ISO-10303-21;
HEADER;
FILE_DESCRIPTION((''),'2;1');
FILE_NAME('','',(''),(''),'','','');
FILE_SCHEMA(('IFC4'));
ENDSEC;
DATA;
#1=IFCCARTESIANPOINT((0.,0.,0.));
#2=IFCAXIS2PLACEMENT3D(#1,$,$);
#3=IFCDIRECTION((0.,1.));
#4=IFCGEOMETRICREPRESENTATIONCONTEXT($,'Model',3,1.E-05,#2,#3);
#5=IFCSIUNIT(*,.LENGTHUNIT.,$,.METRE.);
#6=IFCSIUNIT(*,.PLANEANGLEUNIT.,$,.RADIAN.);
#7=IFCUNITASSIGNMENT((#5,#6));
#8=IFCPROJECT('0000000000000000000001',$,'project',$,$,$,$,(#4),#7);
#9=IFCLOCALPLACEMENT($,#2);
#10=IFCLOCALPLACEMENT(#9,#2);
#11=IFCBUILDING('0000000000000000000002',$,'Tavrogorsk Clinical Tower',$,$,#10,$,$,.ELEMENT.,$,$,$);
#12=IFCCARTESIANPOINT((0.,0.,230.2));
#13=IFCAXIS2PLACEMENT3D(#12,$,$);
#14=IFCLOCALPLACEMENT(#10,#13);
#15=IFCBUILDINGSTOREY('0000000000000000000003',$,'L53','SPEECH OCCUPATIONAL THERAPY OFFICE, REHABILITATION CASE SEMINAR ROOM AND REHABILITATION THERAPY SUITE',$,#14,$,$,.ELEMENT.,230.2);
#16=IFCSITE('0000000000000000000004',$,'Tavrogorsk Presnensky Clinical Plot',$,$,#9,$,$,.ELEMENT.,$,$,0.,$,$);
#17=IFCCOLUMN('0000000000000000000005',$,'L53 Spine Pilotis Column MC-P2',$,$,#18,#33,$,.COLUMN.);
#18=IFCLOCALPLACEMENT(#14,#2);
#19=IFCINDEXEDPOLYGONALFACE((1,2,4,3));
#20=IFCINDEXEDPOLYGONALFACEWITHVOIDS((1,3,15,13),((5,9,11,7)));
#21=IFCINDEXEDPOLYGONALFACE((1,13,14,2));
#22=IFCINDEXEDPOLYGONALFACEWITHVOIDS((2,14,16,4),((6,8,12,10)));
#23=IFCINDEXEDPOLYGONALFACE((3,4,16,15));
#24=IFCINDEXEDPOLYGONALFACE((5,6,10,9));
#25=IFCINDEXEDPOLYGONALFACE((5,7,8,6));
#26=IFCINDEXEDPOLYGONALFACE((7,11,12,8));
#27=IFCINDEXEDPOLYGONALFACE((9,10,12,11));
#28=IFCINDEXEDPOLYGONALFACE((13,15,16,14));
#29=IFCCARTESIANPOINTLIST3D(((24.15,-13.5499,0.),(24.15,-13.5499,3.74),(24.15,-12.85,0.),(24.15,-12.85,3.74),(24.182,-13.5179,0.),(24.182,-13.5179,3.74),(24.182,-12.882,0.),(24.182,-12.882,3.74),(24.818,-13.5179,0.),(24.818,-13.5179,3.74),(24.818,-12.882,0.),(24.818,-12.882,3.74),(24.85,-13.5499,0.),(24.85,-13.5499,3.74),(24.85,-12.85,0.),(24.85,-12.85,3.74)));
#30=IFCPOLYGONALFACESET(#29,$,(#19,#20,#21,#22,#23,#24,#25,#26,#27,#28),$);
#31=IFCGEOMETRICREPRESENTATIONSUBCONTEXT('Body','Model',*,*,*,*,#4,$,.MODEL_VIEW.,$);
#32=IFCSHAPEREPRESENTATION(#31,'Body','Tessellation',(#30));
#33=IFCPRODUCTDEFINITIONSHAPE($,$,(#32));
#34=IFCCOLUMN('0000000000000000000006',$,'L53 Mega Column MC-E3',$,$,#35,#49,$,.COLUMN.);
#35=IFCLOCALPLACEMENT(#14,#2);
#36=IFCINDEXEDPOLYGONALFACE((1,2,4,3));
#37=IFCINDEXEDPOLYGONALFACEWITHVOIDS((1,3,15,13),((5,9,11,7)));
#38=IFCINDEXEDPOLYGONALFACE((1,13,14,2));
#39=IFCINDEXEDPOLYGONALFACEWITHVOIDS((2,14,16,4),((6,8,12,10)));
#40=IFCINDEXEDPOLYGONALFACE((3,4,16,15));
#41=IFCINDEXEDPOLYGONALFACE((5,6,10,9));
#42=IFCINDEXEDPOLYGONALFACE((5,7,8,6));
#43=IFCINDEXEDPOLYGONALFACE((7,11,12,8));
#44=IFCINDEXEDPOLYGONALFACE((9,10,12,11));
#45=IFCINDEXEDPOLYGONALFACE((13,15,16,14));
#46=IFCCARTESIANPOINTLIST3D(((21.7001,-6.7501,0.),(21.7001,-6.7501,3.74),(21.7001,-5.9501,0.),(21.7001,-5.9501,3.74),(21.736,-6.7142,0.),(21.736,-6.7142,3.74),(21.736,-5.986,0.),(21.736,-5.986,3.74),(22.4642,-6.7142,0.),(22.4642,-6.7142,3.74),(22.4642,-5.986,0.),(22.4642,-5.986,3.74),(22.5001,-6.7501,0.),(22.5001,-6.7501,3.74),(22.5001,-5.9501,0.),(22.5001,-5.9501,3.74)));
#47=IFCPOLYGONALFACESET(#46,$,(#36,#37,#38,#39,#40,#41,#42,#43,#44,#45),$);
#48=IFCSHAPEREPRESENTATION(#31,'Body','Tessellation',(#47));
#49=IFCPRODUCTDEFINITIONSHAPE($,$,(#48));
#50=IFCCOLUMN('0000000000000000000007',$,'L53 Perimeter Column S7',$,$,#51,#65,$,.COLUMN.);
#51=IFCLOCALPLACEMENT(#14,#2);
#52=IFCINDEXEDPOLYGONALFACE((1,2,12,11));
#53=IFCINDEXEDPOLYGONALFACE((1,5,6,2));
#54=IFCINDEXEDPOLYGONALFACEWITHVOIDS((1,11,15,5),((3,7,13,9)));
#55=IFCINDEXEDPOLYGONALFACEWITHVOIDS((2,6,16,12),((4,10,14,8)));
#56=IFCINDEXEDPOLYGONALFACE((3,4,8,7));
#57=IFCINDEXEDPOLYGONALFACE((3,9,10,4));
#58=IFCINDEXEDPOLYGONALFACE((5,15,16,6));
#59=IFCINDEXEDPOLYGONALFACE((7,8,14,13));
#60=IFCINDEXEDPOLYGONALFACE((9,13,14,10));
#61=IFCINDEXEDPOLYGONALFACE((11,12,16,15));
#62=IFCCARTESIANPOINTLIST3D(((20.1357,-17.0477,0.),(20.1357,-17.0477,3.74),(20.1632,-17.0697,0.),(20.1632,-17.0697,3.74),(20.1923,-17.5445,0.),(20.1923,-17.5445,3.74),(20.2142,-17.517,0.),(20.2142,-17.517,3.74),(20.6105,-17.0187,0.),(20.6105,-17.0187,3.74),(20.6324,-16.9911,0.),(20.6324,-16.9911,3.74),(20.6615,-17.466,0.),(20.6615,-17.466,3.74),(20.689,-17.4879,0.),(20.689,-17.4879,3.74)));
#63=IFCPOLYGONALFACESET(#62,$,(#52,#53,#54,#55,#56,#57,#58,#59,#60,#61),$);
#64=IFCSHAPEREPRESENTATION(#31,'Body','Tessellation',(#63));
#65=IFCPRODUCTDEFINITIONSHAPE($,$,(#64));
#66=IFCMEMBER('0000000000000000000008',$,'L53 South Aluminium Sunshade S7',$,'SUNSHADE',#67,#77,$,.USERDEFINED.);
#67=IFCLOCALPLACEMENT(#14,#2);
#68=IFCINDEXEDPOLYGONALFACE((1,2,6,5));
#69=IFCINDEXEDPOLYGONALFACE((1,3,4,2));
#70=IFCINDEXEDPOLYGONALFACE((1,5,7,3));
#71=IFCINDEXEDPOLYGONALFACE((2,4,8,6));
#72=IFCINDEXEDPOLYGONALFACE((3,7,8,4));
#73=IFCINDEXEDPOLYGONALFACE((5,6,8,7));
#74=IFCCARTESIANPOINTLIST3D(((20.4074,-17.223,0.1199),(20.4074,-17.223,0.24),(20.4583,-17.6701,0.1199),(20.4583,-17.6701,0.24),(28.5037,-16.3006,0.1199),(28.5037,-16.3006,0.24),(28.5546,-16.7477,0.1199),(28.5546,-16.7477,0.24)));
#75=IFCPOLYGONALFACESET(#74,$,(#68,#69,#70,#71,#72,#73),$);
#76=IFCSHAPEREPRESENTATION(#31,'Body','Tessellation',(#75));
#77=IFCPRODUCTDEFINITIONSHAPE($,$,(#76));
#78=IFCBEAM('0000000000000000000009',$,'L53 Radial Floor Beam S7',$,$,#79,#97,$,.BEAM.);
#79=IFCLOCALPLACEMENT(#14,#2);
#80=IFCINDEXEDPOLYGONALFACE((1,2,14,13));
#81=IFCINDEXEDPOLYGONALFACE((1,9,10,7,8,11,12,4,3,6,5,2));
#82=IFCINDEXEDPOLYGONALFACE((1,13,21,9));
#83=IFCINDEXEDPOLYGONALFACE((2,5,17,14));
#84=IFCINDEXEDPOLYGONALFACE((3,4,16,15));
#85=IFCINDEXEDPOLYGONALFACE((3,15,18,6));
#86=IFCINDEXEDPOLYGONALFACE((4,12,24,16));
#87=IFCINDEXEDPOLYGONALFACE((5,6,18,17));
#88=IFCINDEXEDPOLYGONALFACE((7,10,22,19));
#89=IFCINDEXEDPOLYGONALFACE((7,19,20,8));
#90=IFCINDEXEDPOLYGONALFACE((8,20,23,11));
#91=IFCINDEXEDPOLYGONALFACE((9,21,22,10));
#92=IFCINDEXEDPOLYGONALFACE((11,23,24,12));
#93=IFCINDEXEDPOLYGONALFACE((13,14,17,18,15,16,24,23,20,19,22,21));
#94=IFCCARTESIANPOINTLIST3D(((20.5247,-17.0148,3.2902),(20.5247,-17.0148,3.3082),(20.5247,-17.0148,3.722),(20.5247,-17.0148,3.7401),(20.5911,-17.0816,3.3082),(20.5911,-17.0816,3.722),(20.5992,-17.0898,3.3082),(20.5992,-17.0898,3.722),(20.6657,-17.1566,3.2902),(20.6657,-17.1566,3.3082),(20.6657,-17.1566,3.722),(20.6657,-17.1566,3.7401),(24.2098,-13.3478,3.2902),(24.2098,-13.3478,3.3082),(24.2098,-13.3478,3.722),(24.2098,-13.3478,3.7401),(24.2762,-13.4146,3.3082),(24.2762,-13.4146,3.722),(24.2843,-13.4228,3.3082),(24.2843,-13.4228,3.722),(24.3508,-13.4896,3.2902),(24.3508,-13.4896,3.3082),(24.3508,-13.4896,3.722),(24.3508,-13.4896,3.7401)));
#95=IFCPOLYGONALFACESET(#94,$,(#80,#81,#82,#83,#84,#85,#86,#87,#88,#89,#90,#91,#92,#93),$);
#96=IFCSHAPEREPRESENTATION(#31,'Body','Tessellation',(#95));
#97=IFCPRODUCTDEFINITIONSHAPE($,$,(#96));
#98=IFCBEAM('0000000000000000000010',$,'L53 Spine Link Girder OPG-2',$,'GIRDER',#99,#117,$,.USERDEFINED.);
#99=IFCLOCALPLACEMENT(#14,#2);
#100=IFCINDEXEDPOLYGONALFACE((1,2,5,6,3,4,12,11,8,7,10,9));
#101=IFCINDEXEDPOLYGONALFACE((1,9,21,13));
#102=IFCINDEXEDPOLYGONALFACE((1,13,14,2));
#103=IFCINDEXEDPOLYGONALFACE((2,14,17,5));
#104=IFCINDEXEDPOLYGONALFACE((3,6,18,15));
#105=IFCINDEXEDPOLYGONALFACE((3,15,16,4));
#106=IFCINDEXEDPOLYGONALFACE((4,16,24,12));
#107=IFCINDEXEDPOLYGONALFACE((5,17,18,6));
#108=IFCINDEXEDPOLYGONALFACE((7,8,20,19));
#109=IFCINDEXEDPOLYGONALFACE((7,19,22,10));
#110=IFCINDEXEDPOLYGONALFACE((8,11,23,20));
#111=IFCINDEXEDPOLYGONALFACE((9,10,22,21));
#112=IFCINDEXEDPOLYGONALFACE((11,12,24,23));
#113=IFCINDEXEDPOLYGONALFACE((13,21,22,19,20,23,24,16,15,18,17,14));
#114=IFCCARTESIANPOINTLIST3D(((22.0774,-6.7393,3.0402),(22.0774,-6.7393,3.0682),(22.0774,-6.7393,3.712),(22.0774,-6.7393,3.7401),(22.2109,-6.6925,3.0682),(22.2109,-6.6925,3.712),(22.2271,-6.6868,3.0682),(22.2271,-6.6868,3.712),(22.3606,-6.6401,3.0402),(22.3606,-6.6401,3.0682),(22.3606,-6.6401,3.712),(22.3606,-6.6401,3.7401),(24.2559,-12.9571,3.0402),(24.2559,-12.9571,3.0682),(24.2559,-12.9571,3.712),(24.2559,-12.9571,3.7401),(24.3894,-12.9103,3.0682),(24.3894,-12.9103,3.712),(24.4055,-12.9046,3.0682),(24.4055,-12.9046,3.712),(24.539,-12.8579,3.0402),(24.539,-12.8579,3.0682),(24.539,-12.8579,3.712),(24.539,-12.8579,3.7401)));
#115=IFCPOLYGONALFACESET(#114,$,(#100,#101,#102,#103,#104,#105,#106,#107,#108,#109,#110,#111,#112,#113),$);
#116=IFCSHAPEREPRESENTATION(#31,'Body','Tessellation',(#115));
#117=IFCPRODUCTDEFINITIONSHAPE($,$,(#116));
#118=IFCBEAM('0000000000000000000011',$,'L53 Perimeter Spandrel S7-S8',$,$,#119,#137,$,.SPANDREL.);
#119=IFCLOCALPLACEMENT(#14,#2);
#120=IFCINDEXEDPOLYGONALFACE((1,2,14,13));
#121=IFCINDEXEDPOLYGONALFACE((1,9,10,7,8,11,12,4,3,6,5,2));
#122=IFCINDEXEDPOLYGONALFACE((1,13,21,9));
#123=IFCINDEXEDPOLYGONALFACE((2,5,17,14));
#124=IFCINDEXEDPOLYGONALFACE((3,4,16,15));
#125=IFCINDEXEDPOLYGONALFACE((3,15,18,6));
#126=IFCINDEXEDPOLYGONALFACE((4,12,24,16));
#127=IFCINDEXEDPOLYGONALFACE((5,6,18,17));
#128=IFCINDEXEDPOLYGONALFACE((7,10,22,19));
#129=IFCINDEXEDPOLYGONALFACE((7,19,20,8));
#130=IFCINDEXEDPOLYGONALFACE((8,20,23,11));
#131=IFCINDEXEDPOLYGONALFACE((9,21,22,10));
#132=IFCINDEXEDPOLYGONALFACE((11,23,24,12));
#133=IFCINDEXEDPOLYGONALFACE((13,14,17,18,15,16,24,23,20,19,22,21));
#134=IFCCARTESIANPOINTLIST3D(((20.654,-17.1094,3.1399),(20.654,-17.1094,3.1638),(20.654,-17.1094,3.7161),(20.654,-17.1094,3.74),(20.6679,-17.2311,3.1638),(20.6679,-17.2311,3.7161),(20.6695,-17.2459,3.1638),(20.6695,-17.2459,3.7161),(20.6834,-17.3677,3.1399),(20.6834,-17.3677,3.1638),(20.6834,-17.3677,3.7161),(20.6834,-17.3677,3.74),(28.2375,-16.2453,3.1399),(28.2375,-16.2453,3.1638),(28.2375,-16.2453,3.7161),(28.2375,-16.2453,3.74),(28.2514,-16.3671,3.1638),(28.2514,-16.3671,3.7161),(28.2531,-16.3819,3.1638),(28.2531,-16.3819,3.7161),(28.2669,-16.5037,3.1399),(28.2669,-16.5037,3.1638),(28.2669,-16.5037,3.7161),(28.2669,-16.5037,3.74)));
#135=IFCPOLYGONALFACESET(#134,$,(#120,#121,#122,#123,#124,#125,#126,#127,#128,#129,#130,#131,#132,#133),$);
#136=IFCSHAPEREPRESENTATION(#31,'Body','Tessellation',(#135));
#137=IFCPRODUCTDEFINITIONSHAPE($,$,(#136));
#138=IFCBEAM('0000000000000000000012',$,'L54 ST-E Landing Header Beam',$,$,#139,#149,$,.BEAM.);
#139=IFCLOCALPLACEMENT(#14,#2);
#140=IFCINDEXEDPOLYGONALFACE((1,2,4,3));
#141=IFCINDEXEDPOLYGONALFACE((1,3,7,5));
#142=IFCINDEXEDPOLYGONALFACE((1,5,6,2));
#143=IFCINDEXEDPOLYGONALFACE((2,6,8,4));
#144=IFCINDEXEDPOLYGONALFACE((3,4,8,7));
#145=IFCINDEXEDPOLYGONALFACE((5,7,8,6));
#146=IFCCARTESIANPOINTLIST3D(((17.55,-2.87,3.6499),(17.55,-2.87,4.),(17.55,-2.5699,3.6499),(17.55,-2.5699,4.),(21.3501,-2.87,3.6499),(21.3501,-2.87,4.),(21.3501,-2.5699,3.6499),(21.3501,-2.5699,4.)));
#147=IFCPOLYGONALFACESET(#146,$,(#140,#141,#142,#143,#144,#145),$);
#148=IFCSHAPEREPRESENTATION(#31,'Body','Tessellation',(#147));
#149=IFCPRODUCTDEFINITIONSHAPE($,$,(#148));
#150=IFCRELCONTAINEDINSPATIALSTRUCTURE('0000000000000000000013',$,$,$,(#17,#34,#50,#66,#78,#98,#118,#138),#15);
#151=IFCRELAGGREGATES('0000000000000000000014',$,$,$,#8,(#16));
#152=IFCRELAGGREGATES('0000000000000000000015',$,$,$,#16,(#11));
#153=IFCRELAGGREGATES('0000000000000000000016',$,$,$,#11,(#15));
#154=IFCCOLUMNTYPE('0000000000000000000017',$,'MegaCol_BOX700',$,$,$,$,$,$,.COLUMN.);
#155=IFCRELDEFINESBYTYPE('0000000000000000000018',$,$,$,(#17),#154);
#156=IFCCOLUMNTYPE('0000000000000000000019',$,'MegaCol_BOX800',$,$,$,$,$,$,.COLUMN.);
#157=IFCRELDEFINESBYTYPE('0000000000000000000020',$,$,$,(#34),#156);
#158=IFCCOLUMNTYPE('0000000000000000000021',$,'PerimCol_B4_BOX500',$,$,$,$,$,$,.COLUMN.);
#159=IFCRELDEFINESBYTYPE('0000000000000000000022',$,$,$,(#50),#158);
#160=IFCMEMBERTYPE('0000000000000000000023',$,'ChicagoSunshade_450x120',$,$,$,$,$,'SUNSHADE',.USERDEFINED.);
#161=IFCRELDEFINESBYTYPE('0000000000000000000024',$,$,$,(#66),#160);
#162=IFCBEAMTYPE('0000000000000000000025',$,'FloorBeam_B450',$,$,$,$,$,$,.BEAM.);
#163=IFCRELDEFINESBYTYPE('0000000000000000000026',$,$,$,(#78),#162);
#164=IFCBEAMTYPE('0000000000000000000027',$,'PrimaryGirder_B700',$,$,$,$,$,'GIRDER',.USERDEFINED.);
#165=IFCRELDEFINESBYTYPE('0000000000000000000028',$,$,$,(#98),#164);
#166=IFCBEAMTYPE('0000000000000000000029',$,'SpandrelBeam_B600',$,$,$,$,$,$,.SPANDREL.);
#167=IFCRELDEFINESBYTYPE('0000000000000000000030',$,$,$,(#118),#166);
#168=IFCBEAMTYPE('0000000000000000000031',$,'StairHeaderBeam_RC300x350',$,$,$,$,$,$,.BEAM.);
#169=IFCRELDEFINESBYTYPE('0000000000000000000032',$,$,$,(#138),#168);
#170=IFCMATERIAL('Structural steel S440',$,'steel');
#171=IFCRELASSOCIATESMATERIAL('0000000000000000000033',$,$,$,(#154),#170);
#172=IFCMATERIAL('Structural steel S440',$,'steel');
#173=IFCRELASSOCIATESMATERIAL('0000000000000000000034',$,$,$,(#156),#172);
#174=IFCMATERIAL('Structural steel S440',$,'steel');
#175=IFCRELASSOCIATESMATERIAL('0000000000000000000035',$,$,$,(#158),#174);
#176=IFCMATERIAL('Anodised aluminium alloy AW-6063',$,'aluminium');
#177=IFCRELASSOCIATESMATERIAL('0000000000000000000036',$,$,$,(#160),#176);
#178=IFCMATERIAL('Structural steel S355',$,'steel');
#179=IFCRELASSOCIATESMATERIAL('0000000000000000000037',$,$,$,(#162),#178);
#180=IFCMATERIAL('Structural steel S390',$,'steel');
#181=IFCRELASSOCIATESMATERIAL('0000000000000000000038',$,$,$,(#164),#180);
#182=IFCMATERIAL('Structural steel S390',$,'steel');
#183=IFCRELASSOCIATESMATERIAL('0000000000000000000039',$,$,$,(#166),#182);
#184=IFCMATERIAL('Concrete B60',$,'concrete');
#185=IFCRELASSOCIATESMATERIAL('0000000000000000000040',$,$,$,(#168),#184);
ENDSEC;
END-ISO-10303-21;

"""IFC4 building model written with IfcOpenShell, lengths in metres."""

from ifc_helpers import new_model, si_unit, direction, frame, origin, origin_2d, place, context, subcontext, project, spatial, rectangle, hollow_rectangle, i_section, extrude, material, material_profile, profile_set, type_object, element, save


model = new_model("IFC4")

# Units and contexts
model_context = context("Model", 3, precision=1e-05, world=origin(), true_north=direction((0.0, 1.0)))
body_context = subcontext(model_context, "Body", "Model", "MODEL_VIEW")
ifc_project = project(units=[si_unit("LENGTHUNIT", "METRE"), si_unit("PLANEANGLEUNIT", "RADIAN")], contexts=[model_context])

# Site, building, storey
site_placement = place(None, origin())
site = spatial("IfcSite", under=ifc_project, at=site_placement, Name="Tavrogorsk Presnensky Clinical Plot", CompositionType="ELEMENT", RefElevation=0.0)
building_placement = place(site_placement, origin())
building = spatial("IfcBuilding", under=site, at=building_placement, Name="Tavrogorsk Clinical Tower", CompositionType="ELEMENT")
storey_placement = place(building_placement, frame((0.0, 0.0, 230.2)))
storey = spatial("IfcBuildingStorey", under=building, at=storey_placement, Name="L53", Description="SPEECH OCCUPATIONAL THERAPY OFFICE, REHABILITATION CASE SEMINAR ROOM AND REHABILITATION THERAPY SUITE", CompositionType="ELEMENT", Elevation=230.2)

# Columns
ifc_material_1 = material(Name="Structural steel S440", Category="steel")
ifc_material_profile_1 = material_profile(ifc_material_1, hollow_rectangle(XDim=0.7, YDim=0.7, WallThickness=0.032, at=origin_2d()), Name="BOX-700x700x32")
ifc_profile_set_1 = profile_set([ifc_material_profile_1], Name="Structural steel S440")
column_type_1 = type_object("IfcColumnType", Name="MegaCol_BOX700", PredefinedType="COLUMN", material=ifc_profile_set_1)
column_1_placement = place(storey_placement, frame((24.5, -13.2, 0.0), z_axis=(0.0, 0.0, 1.0), x_axis=(1.0, 0.0, 0.0)))
element("IfcColumn", 1, at=column_1_placement, inside=storey, type_object=column_type_1, Name="L53 Spine Pilotis Column MC-P2", PredefinedType="COLUMN", context=body_context, shape_type="SweptSolid", body=[
    extrude(hollow_rectangle(XDim=0.7, YDim=0.7, WallThickness=0.032, at=origin_2d()), origin(), (0.0, 0.0, 1.0), 3.74),
])
ifc_material_2 = material(Name="Structural steel S440", Category="steel")
ifc_material_profile_2 = material_profile(ifc_material_2, hollow_rectangle(XDim=0.8, YDim=0.8, WallThickness=0.0359, at=origin_2d()), Name="BOX-800x800x36")
ifc_profile_set_2 = profile_set([ifc_material_profile_2], Name="Structural steel S440")
column_type_2 = type_object("IfcColumnType", Name="MegaCol_BOX800", PredefinedType="COLUMN", material=ifc_profile_set_2)
column_2_placement = place(storey_placement, frame((22.1001, -6.3501, 0.0), z_axis=(0.0, 0.0, 1.0), x_axis=(1.0, 0.0, 0.0)))
element("IfcColumn", 2, at=column_2_placement, inside=storey, type_object=column_type_2, Name="L53 Mega Column MC-E3", PredefinedType="COLUMN", context=body_context, shape_type="SweptSolid", body=[
    extrude(hollow_rectangle(XDim=0.8, YDim=0.8, WallThickness=0.0359, at=origin_2d()), origin(), (0.0, 0.0, 1.0), 3.74),
])
ifc_material_3 = material(Name="Structural steel S440", Category="steel")
ifc_material_profile_3 = material_profile(ifc_material_3, hollow_rectangle(XDim=0.5, YDim=0.5, WallThickness=0.0249, at=origin_2d()), Name="BOX-500x500x25")
ifc_profile_set_3 = profile_set([ifc_material_profile_3], Name="Structural steel S440")
column_type_3 = type_object("IfcColumnType", Name="PerimCol_B4_BOX500", PredefinedType="COLUMN", material=ifc_profile_set_3)
column_3_placement = place(storey_placement, frame((20.4124, -17.2678, 0.0), z_axis=(0.0, 0.0, 1.0), x_axis=(0.993572, 0.113203, 0.0)))
element("IfcColumn", 3, at=column_3_placement, inside=storey, type_object=column_type_3, Name="L53 Perimeter Column S7", PredefinedType="COLUMN", context=body_context, shape_type="SweptSolid", body=[
    extrude(hollow_rectangle(XDim=0.5, YDim=0.5, WallThickness=0.0249, at=origin_2d()), origin(), (0.0, 0.0, 1.0), 3.74),
])

# Member
ifc_material_4 = material(Name="Anodised aluminium alloy AW-6063", Category="aluminium")
ifc_material_profile_4 = material_profile(ifc_material_4, rectangle(XDim=0.45, YDim=0.1201, at=origin_2d()), Name="ALU-SUNSHADE-450x120")
ifc_profile_set_4 = profile_set([ifc_material_profile_4], Name="Anodised aluminium alloy AW-6063")
member_type = type_object("IfcMemberType", Name="ChicagoSunshade_450x120", ElementType="SUNSHADE", PredefinedType="USERDEFINED", material=ifc_profile_set_4)
member_placement = place(storey_placement, frame((20.4329, -17.4465, 0.1799), z_axis=(0.993573, 0.113193, 0.0), x_axis=(-0.113193, 0.993573, 0.0)))
element("IfcMember", 4, at=member_placement, inside=storey, type_object=member_type, Name="L53 South Aluminium Sunshade S7", ObjectType="SUNSHADE", PredefinedType="USERDEFINED", context=body_context, shape_type="SweptSolid", body=[
    extrude(rectangle(XDim=0.45, YDim=0.1201, at=origin_2d()), origin(), (0.0, 0.0, 1.0), 8.1487),
])

# Beams
ifc_material_5 = material(Name="Structural steel S355", Category="steel")
ifc_material_profile_5 = material_profile(ifc_material_5, i_section(OverallWidth=0.2, OverallDepth=0.45, WebThickness=0.0115, FlangeThickness=0.0181, at=origin_2d()), Name="B-450x200x11.5x18")
ifc_profile_set_5 = profile_set([ifc_material_profile_5], Name="Structural steel S355")
beam_type_1 = type_object("IfcBeamType", Name="FloorBeam_B450", PredefinedType="BEAM", material=ifc_profile_set_5)
beam_1_placement = place(storey_placement, frame((24.2803, -13.4187, 3.5151), z_axis=(-0.708842, -0.705367, 0.0), x_axis=(0.705367, -0.708842, 0.0)))
element("IfcBeam", 5, at=beam_1_placement, inside=storey, type_object=beam_type_1, Name="L53 Radial Floor Beam S7", PredefinedType="BEAM", context=body_context, shape_type="SweptSolid", body=[
    extrude(i_section(OverallWidth=0.2, OverallDepth=0.45, WebThickness=0.0115, FlangeThickness=0.0181, at=origin_2d()), origin(), (0.0, 0.0, 1.0), 5.1987),
])
ifc_material_6 = material(Name="Structural steel S390", Category="steel")
ifc_material_profile_6 = material_profile(ifc_material_6, i_section(OverallWidth=0.3, OverallDepth=0.7, WebThickness=0.0171, FlangeThickness=0.0281, at=origin_2d()), Name="B-700x300x17x28")
ifc_profile_set_6 = profile_set([ifc_material_profile_6], Name="Structural steel S390")
beam_type_2 = type_object("IfcBeamType", Name="PrimaryGirder_B700", ElementType="GIRDER", PredefinedType="USERDEFINED", material=ifc_profile_set_6)
beam_2_placement = place(storey_placement, frame((24.3975, -12.9075, 3.3901), z_axis=(-0.330654, 0.943752, 0.0), x_axis=(-0.943752, -0.330654, 0.0)))
element("IfcBeam", 6, at=beam_2_placement, inside=storey, type_object=beam_type_2, Name="L53 Spine Link Girder OPG-2", ObjectType="GIRDER", PredefinedType="USERDEFINED", context=body_context, shape_type="SweptSolid", body=[
    extrude(i_section(OverallWidth=0.3, OverallDepth=0.7, WebThickness=0.0171, FlangeThickness=0.0281, at=origin_2d()), origin(), (0.0, 0.0, 1.0), 6.5884),
])
ifc_material_7 = material(Name="Structural steel S390", Category="steel")
ifc_material_profile_7 = material_profile(ifc_material_7, i_section(OverallWidth=0.26, OverallDepth=0.6001, WebThickness=0.0149, FlangeThickness=0.0239, at=origin_2d()), Name="B-600x260x15x24")
ifc_profile_set_7 = profile_set([ifc_material_profile_7], Name="Structural steel S390")
beam_type_3 = type_object("IfcBeamType", Name="SpandrelBeam_B600", PredefinedType="SPANDREL", material=ifc_profile_set_7)
beam_3_placement = place(storey_placement, frame((20.6687, -17.2385, 3.4399), z_axis=(0.993572, 0.113201, 0.0), x_axis=(-0.113201, 0.993572, 0.0)))
element("IfcBeam", 7, at=beam_3_placement, inside=storey, type_object=beam_type_3, Name="L53 Perimeter Spandrel S7-S8", PredefinedType="SPANDREL", context=body_context, shape_type="SweptSolid", body=[
    extrude(i_section(OverallWidth=0.26, OverallDepth=0.6001, WebThickness=0.0149, FlangeThickness=0.0239, at=origin_2d()), origin(), (0.0, 0.0, 1.0), 7.6326),
])
ifc_material_8 = material(Name="Concrete B60", Category="concrete")
ifc_material_profile_8 = material_profile(ifc_material_8, rectangle(XDim=0.3, YDim=0.3501, at=origin_2d()), Name="RC-SHB-300x350")
ifc_profile_set_8 = profile_set([ifc_material_profile_8], Name="Concrete B60")
beam_type_4 = type_object("IfcBeamType", Name="StairHeaderBeam_RC300x350", PredefinedType="BEAM", material=ifc_profile_set_8)
beam_4_placement = place(storey_placement, frame((17.55, -2.72, 3.825), z_axis=(1.0, 0.0, 0.0), x_axis=(0.0, 1.0, 0.0)))
element("IfcBeam", 8, at=beam_4_placement, inside=storey, type_object=beam_type_4, Name="L54 ST-E Landing Header Beam", PredefinedType="BEAM", context=body_context, shape_type="SweptSolid", body=[
    extrude(rectangle(XDim=0.3, YDim=0.3501, at=origin_2d()), origin(), (0.0, 0.0, 1.0), 3.8),
])

save(model, "model.ifc")
